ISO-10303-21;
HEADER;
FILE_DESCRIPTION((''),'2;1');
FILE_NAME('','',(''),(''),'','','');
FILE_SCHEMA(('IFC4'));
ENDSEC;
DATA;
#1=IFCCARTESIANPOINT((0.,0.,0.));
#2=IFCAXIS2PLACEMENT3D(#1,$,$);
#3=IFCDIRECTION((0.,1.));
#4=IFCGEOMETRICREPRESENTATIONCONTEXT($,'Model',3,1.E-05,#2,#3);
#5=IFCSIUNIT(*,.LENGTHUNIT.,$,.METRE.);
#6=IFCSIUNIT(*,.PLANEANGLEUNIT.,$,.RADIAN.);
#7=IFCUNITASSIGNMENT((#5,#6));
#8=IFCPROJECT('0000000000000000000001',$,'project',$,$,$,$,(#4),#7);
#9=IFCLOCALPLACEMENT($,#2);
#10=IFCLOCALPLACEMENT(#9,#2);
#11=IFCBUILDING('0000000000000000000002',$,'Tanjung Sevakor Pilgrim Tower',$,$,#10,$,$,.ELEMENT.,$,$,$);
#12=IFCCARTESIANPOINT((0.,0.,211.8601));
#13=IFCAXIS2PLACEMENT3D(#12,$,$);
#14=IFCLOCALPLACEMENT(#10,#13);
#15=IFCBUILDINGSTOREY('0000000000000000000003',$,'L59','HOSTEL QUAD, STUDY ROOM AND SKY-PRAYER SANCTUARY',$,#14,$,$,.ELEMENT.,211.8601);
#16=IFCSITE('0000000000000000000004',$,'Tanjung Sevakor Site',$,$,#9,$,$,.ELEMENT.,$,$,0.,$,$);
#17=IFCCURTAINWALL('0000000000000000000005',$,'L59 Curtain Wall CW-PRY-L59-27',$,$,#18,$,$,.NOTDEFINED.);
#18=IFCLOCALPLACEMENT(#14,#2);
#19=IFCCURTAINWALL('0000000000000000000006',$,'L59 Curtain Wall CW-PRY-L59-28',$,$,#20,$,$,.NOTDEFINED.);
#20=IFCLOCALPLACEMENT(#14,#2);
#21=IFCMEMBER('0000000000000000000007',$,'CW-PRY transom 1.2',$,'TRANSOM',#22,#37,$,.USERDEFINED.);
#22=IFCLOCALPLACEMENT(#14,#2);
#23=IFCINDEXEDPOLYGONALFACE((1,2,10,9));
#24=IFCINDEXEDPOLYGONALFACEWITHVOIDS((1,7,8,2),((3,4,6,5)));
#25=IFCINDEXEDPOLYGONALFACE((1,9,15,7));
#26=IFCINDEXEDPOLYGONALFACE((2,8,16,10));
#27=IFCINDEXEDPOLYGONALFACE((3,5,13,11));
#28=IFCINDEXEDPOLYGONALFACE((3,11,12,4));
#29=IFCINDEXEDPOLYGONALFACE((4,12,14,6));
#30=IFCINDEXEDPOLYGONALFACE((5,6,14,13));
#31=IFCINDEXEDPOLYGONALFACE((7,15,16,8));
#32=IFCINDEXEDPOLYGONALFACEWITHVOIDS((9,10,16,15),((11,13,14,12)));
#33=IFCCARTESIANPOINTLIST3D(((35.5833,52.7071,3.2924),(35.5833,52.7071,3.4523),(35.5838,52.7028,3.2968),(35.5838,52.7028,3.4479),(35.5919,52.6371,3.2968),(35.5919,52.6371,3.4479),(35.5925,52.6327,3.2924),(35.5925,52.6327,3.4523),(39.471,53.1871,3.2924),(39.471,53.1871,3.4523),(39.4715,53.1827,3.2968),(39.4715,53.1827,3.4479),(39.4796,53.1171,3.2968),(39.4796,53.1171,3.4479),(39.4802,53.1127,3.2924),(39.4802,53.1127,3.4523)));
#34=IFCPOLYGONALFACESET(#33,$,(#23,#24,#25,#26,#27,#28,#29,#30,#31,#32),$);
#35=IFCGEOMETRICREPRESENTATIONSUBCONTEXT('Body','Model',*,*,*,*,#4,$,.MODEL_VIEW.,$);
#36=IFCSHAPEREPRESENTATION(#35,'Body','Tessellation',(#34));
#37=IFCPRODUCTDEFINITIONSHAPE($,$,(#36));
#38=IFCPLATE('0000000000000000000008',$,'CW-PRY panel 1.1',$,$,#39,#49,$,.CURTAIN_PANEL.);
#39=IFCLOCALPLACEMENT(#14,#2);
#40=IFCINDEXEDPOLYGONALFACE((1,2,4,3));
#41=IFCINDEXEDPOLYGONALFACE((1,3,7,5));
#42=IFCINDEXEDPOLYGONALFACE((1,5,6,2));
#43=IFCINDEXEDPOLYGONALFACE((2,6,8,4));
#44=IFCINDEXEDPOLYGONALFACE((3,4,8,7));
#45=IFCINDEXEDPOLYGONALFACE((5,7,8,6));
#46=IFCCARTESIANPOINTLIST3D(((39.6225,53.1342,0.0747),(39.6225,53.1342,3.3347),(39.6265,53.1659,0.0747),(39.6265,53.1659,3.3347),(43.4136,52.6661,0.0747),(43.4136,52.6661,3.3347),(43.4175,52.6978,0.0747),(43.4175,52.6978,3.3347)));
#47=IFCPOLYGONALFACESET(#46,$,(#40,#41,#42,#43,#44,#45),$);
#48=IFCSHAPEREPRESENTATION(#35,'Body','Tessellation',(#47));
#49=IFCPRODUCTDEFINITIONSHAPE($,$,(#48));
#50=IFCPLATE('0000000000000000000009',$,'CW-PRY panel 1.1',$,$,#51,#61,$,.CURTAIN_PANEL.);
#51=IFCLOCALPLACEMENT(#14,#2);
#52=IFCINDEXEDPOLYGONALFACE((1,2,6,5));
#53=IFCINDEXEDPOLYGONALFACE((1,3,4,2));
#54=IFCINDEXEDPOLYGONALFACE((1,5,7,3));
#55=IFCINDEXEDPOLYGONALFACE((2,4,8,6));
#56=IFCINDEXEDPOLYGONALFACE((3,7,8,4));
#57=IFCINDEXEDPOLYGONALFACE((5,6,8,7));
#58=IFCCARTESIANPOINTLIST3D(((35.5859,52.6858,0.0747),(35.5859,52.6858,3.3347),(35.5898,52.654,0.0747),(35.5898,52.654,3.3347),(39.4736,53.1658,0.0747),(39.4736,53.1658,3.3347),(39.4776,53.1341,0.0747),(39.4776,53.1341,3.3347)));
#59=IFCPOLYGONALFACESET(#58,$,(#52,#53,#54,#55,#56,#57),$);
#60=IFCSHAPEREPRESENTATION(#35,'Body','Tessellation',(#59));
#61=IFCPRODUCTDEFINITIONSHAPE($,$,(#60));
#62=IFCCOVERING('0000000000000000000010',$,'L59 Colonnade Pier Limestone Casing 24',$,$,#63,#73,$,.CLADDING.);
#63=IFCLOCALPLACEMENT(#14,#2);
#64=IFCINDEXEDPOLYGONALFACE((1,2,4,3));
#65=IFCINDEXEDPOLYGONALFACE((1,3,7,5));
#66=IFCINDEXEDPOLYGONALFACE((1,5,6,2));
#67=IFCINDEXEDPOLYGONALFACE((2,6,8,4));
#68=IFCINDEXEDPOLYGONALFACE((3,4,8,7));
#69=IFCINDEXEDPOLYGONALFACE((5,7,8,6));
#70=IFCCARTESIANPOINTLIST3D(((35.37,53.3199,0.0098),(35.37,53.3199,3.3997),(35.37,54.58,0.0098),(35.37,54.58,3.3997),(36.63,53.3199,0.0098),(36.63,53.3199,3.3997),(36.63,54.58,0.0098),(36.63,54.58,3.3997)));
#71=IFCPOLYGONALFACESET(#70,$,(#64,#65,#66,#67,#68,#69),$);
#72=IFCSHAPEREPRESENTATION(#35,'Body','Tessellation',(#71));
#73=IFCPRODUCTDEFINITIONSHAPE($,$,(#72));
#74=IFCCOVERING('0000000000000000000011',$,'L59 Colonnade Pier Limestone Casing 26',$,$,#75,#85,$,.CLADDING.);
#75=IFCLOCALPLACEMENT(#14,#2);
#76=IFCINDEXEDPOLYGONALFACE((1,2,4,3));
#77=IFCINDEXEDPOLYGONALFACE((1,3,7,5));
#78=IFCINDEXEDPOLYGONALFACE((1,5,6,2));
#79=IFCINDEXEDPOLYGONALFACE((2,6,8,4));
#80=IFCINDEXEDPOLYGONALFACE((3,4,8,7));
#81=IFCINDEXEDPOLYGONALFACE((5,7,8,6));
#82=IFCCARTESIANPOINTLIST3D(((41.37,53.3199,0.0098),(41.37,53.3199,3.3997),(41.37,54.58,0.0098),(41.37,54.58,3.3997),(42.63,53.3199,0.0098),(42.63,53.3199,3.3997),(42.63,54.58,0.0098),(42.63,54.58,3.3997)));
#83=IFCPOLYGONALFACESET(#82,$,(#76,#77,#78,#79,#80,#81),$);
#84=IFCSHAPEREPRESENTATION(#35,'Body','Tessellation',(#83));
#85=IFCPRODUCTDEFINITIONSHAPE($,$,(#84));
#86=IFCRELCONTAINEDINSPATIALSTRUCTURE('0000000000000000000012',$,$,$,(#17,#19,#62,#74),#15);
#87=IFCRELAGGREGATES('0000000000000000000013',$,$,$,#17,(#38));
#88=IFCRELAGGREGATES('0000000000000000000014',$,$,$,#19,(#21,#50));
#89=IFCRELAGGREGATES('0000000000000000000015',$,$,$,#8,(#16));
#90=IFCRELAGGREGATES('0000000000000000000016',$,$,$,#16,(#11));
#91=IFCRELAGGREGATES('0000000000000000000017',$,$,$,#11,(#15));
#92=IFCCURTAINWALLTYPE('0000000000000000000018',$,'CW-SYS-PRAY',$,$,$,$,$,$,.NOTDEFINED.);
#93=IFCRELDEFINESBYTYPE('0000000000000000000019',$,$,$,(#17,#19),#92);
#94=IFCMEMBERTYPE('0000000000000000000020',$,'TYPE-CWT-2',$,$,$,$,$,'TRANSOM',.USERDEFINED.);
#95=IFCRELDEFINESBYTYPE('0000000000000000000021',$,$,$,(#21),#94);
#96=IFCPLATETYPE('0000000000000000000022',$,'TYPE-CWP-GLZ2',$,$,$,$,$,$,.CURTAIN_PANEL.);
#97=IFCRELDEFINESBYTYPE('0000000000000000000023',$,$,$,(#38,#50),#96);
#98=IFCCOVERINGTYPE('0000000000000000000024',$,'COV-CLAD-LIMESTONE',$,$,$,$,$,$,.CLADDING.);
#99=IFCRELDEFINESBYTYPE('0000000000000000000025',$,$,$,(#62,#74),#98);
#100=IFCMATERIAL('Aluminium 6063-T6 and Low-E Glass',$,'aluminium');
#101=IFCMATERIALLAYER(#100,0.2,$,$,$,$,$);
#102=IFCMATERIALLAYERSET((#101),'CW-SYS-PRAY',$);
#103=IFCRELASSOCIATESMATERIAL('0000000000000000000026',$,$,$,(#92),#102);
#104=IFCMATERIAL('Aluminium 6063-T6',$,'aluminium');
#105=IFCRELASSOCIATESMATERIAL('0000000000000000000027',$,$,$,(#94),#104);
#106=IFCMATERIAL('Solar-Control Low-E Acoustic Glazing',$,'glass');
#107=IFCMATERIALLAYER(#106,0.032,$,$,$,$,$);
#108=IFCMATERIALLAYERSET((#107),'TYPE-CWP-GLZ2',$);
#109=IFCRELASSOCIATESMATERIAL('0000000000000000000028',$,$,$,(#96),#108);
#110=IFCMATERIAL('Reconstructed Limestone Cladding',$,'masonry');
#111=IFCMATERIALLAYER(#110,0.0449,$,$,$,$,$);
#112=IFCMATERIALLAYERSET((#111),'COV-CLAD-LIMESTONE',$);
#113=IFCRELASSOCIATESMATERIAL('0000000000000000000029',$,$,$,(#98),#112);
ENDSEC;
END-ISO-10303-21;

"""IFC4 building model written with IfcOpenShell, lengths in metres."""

from ifc_helpers import new_model, si_unit, direction, frame, origin, origin_2d, place, context, subcontext, project, spatial, rectangle, hollow_rectangle, extrude, material, layer, layer_set, material_profile, profile_set, type_object, element, aggregate, save


model = new_model("IFC4")

# Units and contexts
model_context = context("Model", 3, precision=1e-05, world=origin(), true_north=direction((0.0, 1.0)))
body_context = subcontext(model_context, "Body", "Model", "MODEL_VIEW")
ifc_project = project(units=[si_unit("LENGTHUNIT", "METRE"), si_unit("PLANEANGLEUNIT", "RADIAN")], contexts=[model_context])

# Site, building, storey
site_placement = place(None, origin())
site = spatial("IfcSite", under=ifc_project, at=site_placement, Name="Tanjung Sevakor Site", CompositionType="ELEMENT", RefElevation=0.0)
building_placement = place(site_placement, origin())
building = spatial("IfcBuilding", under=site, at=building_placement, Name="Tanjung Sevakor Pilgrim Tower", CompositionType="ELEMENT")
storey_placement = place(building_placement, frame((0.0, 0.0, 211.8601)))
storey = spatial("IfcBuildingStorey", under=building, at=storey_placement, Name="L59", Description="HOSTEL QUAD, STUDY ROOM AND SKY-PRAYER SANCTUARY", CompositionType="ELEMENT", Elevation=211.8601)

# Curtain walls
ifc_material_1 = material(Name="Aluminium 6063-T6 and Low-E Glass", Category="aluminium")
ifc_layer_1 = layer(ifc_material_1, 0.2)
ifc_layer_set_1 = layer_set([ifc_layer_1], Name="CW-SYS-PRAY")
curtain_wall_type_1 = type_object("IfcCurtainWallType", Name="CW-SYS-PRAY", PredefinedType="NOTDEFINED", material=ifc_layer_set_1)
curtain_wall_1_placement = place(storey_placement, origin())
curtain_wall_1 = element("IfcCurtainWall", 1, at=curtain_wall_1_placement, inside=storey, type_object=curtain_wall_type_1, Name="L59 Curtain Wall CW-PRY-L59-27", PredefinedType="NOTDEFINED")
curtain_wall_2_placement = place(storey_placement, origin())
curtain_wall_2 = element("IfcCurtainWall", 2, at=curtain_wall_2_placement, inside=storey, type_object=curtain_wall_type_1, Name="L59 Curtain Wall CW-PRY-L59-28", PredefinedType="NOTDEFINED")

# Member
ifc_material_2 = material(Name="Aluminium 6063-T6", Category="aluminium")
ifc_material_profile_1 = material_profile(ifc_material_2, hollow_rectangle(XDim=0.075, YDim=0.1599, WallThickness=0.0044, at=origin_2d()))
ifc_profile_set_1 = profile_set([ifc_material_profile_1], Name="Aluminium 6063-T6")
member_type_1 = type_object("IfcMemberType", Name="TYPE-CWT-2", ElementType="TRANSOM", PredefinedType="USERDEFINED", material=ifc_profile_set_1)
member_1_placement = place(storey_placement, frame((39.4756, 53.1499, 3.3723), z_axis=(-0.992465, -0.122531, 0.0), x_axis=(0.122531, -0.992465, 0.0)))
member_1 = element("IfcMember", 3, at=member_1_placement, type_object=member_type_1, Name="CW-PRY transom 1.2", ObjectType="TRANSOM", PredefinedType="USERDEFINED", context=body_context, shape_type="SweptSolid", body=[
    extrude(hollow_rectangle(XDim=0.075, YDim=0.1599, WallThickness=0.0044, at=origin_2d()), origin(), (0.0, 0.0, 1.0), 3.9172),
])

# Plates
ifc_material_3 = material(Name="Solar-Control Low-E Acoustic Glazing", Category="glass")
ifc_layer_2 = layer(ifc_material_3, 0.032)
ifc_layer_set_2 = layer_set([ifc_layer_2], Name="TYPE-CWP-GLZ2")
plate_type = type_object("IfcPlateType", Name="TYPE-CWP-GLZ2", PredefinedType="CURTAIN_PANEL", material=ifc_layer_set_2)
plate_1_placement = place(storey_placement, frame((41.52, 52.916, 0.0747), z_axis=(0.0, 0.0, 1.0), x_axis=(-0.992463, 0.122546, 0.0)))
plate_1 = element("IfcPlate", 4, at=plate_1_placement, type_object=plate_type, Name="CW-PRY panel 1.1", PredefinedType="CURTAIN_PANEL", context=body_context, shape_type="SweptSolid", body=[
    extrude(rectangle(XDim=3.8198, YDim=0.032, at=origin_2d()), origin(), (0.0, 0.0, 1.0), 3.26),
])
aggregate(curtain_wall_1, [plate_1])
plate_2_placement = place(storey_placement, frame((37.5317, 52.9099, 0.0747), z_axis=(0.0, 0.0, 1.0), x_axis=(-0.992463, -0.122543, 0.0)))
plate_2 = element("IfcPlate", 5, at=plate_2_placement, type_object=plate_type, Name="CW-PRY panel 1.1", PredefinedType="CURTAIN_PANEL", context=body_context, shape_type="SweptSolid", body=[
    extrude(rectangle(XDim=3.9172, YDim=0.032, at=origin_2d()), origin(), (0.0, 0.0, 1.0), 3.26),
])
aggregate(curtain_wall_2, [member_1, plate_2])

# Coverings
ifc_material_4 = material(Name="Reconstructed Limestone Cladding", Category="masonry")
ifc_layer_3 = layer(ifc_material_4, 0.0449)
ifc_layer_set_3 = layer_set([ifc_layer_3], Name="COV-CLAD-LIMESTONE")
covering_type = type_object("IfcCoveringType", Name="COV-CLAD-LIMESTONE", PredefinedType="CLADDING", material=ifc_layer_set_3)
for number, where, z_axis, x_axis, name in (
    (6, (36.0, 53.95, 0.0098), (0.0, 0.0, 1.0), (1.0, 0.0, 0.0), "L59 Colonnade Pier Limestone Casing 24"),
    (7, (42.0, 53.95, 0.0098), (0.0, 0.0, 1.0), (1.0, 0.0, 0.0), "L59 Colonnade Pier Limestone Casing 26"),
):
    element("IfcCovering", number, at=place(storey_placement, frame(where, z_axis=z_axis, x_axis=x_axis)), inside=storey, type_object=covering_type, Name=name, PredefinedType="CLADDING", context=body_context, shape_type="SweptSolid", body=[
        extrude(rectangle(XDim=1.26, YDim=1.26, at=origin_2d()), origin(), (0.0, 0.0, 1.0), 3.3899),
    ])

save(model, "model.ifc")
